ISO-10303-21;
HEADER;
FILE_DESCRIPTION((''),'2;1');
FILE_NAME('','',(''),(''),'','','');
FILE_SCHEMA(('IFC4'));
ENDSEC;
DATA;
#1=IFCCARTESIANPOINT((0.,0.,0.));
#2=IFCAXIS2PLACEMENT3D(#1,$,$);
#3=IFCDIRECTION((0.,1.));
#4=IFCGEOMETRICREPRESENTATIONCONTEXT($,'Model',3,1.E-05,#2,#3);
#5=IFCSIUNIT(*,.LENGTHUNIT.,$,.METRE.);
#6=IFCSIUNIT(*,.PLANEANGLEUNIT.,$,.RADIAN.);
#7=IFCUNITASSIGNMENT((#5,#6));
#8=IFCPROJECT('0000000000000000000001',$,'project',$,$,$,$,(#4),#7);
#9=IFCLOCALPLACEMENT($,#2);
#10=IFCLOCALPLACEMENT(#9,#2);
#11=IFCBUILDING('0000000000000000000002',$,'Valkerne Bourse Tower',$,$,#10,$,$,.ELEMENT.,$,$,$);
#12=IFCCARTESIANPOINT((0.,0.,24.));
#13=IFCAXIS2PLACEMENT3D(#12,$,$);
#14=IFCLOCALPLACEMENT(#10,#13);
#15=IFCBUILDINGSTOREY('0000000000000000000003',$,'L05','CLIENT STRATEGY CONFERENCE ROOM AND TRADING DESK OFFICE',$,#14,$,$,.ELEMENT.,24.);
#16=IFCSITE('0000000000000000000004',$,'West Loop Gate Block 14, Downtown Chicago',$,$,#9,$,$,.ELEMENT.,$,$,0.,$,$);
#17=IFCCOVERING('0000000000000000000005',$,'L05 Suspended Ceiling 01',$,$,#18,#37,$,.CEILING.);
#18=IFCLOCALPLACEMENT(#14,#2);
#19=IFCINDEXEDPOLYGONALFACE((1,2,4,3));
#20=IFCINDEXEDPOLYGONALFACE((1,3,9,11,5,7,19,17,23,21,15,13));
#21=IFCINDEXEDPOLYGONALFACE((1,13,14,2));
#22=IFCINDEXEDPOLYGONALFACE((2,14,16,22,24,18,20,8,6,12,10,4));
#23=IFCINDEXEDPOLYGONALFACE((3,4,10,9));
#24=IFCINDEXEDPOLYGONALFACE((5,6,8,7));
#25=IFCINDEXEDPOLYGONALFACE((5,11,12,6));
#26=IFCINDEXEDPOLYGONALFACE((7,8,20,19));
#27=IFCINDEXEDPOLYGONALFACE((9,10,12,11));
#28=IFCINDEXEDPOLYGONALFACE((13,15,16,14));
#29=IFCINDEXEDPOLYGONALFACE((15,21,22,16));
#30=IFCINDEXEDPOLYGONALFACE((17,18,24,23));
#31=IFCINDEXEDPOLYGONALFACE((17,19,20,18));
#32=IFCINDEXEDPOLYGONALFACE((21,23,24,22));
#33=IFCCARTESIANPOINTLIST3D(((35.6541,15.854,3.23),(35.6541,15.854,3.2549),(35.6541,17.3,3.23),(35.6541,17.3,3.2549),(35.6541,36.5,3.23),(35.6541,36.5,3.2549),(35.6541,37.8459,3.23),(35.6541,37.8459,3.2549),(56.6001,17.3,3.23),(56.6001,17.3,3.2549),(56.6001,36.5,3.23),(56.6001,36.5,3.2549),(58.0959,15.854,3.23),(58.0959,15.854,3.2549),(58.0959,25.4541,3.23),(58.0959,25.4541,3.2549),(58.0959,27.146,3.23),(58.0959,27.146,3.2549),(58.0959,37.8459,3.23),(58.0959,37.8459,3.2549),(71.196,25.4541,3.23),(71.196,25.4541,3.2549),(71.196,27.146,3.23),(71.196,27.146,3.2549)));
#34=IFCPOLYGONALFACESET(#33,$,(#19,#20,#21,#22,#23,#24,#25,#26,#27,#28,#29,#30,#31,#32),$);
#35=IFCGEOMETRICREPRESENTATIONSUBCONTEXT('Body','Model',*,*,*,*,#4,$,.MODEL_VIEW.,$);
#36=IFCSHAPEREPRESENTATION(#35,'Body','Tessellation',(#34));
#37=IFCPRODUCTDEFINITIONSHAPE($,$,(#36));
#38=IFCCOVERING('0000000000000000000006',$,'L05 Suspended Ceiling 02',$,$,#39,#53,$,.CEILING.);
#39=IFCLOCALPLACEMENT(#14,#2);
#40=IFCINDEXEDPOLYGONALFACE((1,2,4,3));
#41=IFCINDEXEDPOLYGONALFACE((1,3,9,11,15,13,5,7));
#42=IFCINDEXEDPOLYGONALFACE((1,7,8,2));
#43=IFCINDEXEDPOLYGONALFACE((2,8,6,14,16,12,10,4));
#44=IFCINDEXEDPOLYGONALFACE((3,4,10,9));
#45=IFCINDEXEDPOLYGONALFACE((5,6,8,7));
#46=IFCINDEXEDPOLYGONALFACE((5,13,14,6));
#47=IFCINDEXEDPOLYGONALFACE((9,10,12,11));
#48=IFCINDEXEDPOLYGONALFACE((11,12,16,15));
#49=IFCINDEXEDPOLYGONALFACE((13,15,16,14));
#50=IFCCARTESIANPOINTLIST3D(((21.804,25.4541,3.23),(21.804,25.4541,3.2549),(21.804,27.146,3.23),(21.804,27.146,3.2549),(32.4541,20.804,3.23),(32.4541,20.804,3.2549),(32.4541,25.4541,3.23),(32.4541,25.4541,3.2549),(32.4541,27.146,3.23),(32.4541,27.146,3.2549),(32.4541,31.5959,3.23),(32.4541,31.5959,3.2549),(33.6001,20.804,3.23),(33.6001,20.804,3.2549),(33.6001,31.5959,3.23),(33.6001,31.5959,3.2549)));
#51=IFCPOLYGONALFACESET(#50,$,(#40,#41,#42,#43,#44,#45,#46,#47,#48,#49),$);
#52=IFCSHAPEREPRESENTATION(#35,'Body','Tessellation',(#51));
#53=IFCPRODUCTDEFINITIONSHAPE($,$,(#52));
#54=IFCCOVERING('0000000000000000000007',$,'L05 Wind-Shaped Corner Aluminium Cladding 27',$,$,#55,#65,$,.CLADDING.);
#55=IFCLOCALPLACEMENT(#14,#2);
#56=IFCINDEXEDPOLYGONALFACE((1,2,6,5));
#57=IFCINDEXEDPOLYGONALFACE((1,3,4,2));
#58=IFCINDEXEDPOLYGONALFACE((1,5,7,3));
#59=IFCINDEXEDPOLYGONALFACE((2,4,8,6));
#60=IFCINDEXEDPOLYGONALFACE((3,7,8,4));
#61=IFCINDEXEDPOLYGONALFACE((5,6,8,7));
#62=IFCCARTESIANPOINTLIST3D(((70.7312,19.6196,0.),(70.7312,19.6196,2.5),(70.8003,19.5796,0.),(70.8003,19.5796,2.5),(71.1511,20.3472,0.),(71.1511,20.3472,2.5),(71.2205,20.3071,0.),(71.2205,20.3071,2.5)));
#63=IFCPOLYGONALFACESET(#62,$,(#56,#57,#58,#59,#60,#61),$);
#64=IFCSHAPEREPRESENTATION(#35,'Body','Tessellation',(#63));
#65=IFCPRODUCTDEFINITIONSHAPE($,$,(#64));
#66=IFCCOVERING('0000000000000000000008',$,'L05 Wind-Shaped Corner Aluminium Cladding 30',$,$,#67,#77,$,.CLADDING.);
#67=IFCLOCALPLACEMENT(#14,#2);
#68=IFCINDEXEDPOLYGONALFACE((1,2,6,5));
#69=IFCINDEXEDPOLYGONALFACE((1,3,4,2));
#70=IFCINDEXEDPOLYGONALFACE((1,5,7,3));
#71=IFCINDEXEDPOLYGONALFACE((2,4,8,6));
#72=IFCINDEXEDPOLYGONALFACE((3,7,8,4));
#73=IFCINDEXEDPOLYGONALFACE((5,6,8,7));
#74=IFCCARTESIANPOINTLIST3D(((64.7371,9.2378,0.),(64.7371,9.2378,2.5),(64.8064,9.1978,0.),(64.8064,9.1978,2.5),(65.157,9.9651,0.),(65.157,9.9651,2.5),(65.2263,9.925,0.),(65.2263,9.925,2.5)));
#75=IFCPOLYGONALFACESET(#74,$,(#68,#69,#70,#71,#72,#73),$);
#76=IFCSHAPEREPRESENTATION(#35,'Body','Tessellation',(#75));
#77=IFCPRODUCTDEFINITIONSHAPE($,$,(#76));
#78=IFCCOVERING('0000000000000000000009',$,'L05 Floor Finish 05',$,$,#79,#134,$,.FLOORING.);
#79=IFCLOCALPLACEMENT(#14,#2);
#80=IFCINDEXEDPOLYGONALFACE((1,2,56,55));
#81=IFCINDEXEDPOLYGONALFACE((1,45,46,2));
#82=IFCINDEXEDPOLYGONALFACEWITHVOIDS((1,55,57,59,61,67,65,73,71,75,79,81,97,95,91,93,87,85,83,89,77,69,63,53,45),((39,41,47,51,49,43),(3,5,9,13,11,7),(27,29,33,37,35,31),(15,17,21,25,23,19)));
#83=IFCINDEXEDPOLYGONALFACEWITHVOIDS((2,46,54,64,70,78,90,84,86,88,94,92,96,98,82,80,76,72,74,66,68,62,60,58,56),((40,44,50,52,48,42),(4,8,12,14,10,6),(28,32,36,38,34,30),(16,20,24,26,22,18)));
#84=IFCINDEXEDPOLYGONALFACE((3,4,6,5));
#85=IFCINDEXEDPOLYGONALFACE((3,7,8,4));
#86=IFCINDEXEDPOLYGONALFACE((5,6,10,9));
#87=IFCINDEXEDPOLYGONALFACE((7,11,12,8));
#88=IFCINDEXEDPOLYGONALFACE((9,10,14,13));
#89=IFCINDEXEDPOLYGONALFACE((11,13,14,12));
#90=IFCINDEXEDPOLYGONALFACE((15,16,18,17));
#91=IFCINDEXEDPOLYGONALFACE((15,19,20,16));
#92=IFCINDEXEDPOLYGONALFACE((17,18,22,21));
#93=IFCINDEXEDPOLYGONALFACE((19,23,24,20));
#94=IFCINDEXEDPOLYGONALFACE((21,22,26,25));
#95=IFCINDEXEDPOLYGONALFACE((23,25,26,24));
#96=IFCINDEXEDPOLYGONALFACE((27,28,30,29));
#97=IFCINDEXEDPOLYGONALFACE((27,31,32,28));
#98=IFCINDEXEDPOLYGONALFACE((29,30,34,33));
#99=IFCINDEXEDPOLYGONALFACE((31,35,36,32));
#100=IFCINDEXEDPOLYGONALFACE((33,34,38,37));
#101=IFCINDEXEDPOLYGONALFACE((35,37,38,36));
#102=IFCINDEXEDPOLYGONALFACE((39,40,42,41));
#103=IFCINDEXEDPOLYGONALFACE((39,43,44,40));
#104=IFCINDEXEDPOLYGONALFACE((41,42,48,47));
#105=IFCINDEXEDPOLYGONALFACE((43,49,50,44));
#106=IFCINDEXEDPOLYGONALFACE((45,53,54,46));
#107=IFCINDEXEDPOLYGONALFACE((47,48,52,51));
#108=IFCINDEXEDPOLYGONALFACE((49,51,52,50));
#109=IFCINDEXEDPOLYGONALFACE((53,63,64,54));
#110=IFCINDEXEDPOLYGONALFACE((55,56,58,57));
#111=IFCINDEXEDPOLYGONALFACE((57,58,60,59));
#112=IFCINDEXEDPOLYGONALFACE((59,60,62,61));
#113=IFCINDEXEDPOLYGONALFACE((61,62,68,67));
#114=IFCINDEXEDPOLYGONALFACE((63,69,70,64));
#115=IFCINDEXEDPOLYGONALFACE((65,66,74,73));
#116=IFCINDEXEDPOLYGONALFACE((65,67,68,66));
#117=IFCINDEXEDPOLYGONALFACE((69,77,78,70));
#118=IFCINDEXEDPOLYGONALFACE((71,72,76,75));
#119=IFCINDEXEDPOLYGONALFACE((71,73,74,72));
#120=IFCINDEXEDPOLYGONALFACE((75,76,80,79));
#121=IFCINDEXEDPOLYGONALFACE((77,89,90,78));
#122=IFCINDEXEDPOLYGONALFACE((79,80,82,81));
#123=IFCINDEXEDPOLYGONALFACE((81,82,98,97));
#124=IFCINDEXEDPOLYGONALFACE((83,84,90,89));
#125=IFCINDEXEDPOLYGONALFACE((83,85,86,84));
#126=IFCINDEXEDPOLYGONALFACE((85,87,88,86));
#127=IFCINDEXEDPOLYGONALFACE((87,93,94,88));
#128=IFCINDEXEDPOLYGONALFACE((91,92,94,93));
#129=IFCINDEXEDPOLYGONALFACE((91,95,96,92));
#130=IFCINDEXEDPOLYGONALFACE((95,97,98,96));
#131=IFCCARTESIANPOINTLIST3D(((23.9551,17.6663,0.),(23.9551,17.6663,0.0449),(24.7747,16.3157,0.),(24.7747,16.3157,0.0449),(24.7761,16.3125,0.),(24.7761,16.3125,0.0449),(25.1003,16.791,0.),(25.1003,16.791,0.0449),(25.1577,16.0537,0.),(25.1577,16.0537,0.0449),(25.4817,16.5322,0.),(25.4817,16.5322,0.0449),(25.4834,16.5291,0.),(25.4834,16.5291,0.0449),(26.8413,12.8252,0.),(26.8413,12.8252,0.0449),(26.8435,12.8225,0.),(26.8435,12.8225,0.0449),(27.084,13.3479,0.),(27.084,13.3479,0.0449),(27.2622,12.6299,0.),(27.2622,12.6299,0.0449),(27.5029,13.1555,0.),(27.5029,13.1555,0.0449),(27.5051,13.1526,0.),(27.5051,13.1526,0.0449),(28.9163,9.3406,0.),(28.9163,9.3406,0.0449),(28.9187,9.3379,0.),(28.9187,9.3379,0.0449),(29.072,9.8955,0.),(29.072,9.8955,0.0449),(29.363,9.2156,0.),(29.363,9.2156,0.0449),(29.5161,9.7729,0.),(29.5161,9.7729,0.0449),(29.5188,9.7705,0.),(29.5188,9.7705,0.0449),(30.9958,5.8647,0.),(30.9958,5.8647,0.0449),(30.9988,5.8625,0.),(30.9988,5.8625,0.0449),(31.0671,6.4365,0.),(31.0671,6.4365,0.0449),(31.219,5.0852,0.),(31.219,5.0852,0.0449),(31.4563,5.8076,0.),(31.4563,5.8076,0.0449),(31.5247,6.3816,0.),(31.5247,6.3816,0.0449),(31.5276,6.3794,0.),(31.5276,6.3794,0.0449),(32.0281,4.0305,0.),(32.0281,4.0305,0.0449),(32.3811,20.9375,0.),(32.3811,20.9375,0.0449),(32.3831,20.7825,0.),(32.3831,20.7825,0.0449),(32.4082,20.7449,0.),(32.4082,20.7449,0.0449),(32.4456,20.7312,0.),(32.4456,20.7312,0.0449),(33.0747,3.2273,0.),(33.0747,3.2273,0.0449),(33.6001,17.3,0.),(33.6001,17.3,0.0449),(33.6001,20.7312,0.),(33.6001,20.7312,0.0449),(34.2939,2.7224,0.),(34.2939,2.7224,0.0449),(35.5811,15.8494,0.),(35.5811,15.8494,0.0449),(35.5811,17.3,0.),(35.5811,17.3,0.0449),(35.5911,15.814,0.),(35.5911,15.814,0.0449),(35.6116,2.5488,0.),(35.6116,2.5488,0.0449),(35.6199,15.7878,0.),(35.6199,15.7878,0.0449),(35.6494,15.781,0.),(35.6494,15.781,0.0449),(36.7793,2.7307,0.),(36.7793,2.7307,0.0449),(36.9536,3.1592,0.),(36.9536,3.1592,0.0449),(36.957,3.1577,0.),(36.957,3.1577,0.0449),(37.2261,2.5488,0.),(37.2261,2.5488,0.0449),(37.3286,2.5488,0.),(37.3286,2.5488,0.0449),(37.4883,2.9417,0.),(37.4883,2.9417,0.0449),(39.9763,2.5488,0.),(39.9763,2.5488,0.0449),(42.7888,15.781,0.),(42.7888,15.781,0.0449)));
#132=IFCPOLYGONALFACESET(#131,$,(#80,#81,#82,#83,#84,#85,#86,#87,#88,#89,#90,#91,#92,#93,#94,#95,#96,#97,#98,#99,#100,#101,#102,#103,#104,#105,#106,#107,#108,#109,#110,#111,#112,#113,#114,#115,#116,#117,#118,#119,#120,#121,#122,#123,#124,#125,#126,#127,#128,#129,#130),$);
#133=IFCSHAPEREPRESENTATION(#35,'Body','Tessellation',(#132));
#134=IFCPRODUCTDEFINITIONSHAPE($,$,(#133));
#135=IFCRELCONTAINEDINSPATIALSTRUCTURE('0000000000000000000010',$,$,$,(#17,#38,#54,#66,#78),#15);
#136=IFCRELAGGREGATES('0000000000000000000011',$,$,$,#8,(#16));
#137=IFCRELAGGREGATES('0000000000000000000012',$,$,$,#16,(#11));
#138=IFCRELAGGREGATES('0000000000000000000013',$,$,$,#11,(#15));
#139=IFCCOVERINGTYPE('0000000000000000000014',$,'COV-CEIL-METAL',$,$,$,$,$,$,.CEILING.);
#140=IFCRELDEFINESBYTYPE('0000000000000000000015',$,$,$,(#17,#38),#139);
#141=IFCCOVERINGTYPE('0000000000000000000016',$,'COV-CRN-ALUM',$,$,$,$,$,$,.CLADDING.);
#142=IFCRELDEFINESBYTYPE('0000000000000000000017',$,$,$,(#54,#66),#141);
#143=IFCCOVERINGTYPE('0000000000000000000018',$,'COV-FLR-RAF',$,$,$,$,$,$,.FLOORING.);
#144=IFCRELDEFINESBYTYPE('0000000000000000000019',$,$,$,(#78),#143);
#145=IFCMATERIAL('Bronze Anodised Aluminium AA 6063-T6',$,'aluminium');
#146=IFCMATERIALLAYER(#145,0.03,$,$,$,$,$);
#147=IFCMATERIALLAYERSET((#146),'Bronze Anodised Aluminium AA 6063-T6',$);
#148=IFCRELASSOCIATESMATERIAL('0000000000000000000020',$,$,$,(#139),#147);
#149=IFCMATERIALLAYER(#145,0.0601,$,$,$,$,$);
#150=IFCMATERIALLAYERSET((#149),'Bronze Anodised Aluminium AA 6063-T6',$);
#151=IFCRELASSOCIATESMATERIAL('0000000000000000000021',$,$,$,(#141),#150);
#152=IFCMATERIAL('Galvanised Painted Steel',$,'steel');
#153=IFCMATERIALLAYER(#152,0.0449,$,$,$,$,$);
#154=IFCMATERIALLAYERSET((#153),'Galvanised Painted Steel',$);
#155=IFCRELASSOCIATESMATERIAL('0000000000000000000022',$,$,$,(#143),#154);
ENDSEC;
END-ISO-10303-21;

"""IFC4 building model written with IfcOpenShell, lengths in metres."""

from ifc_helpers import new_model, si_unit, direction, frame, origin, place, context, subcontext, project, spatial, polyline, outline, extrude, material, layer, layer_set, type_object, element, save


model = new_model("IFC4")

# Units and contexts
model_context = context("Model", 3, precision=1e-05, world=origin(), true_north=direction((0.0, 1.0)))
body_context = subcontext(model_context, "Body", "Model", "MODEL_VIEW")
ifc_project = project(units=[si_unit("LENGTHUNIT", "METRE"), si_unit("PLANEANGLEUNIT", "RADIAN")], contexts=[model_context])

# Site, building, storey
site_placement = place(None, origin())
site = spatial("IfcSite", under=ifc_project, at=site_placement, Name="West Loop Gate Block 14, Downtown Chicago", CompositionType="ELEMENT", RefElevation=0.0)
building_placement = place(site_placement, origin())
building = spatial("IfcBuilding", under=site, at=building_placement, Name="Valkerne Bourse Tower", CompositionType="ELEMENT")
storey_placement = place(building_placement, frame((0.0, 0.0, 24.0)))
storey = spatial("IfcBuildingStorey", under=building, at=storey_placement, Name="L05", Description="CLIENT STRATEGY CONFERENCE ROOM AND TRADING DESK OFFICE", CompositionType="ELEMENT", Elevation=24.0)

# Shared definitions
ifc_material_1 = material(Name="Galvanised Painted Steel", Category="steel")

# Coverings
ifc_material_2 = material(Name="Bronze Anodised Aluminium AA 6063-T6", Category="aluminium")
ifc_layer_1 = layer(ifc_material_2, 0.03)
ifc_layer_set_1 = layer_set([ifc_layer_1], Name="Bronze Anodised Aluminium AA 6063-T6")
covering_type_1 = type_object("IfcCoveringType", Name="COV-CEIL-METAL", PredefinedType="CEILING", material=ifc_layer_set_1)
covering_1_placement = place(storey_placement, frame((0.0, 0.0, 3.23)))
element("IfcCovering", 1, at=covering_1_placement, inside=storey, type_object=covering_type_1, Name="L05 Suspended Ceiling 01", PredefinedType="CEILING", context=body_context, shape_type="SweptSolid", body=[
    extrude(outline(polyline([(71.196, 27.146), (71.196, 25.4541), (58.0959, 25.4541), (58.0959, 15.854), (35.6541, 15.854), (35.6541, 17.3), (56.6001, 17.3), (56.6001, 36.5), (35.6541, 36.5), (35.6541, 37.8459), (58.0959, 37.8459), (58.0959, 27.146), (71.196, 27.146)])), origin(), (0.0, 0.0, 1.0), 0.0249),
])
covering_2_placement = place(storey_placement, frame((0.0, 0.0, 3.23)))
element("IfcCovering", 2, at=covering_2_placement, inside=storey, type_object=covering_type_1, Name="L05 Suspended Ceiling 02", PredefinedType="CEILING", context=body_context, shape_type="SweptSolid", body=[
    extrude(outline(polyline([(32.4541, 20.804), (32.4541, 25.4541), (21.804, 25.4541), (21.804, 27.146), (32.4541, 27.146), (32.4541, 31.5959), (33.6001, 31.5959), (33.6001, 20.804), (32.4541, 20.804)])), origin(), (0.0, 0.0, 1.0), 0.0249),
])
ifc_layer_2 = layer(ifc_material_2, 0.0601)
ifc_layer_set_2 = layer_set([ifc_layer_2], Name="Bronze Anodised Aluminium AA 6063-T6")
covering_type_2 = type_object("IfcCoveringType", Name="COV-CRN-ALUM", PredefinedType="CLADDING", material=ifc_layer_set_2)
covering_3_placement = place(storey_placement, origin())
element("IfcCovering", 3, at=covering_3_placement, inside=storey, type_object=covering_type_2, Name="L05 Wind-Shaped Corner Aluminium Cladding 27", PredefinedType="CLADDING", context=body_context, shape_type="SweptSolid", body=[
    extrude(outline(polyline([(70.8003, 19.5796), (70.7312, 19.6196), (71.1511, 20.3472), (71.2205, 20.3071), (70.8003, 19.5796)])), origin(), (0.0, 0.0, 1.0), 2.5),
])
covering_4_placement = place(storey_placement, origin())
element("IfcCovering", 4, at=covering_4_placement, inside=storey, type_object=covering_type_2, Name="L05 Wind-Shaped Corner Aluminium Cladding 30", PredefinedType="CLADDING", context=body_context, shape_type="SweptSolid", body=[
    extrude(outline(polyline([(64.8064, 9.1978), (64.7371, 9.2378), (65.157, 9.9651), (65.2263, 9.925), (64.8064, 9.1978)])), origin(), (0.0, 0.0, 1.0), 2.5),
])
ifc_layer_3 = layer(ifc_material_1, 0.0449)
ifc_layer_set_3 = layer_set([ifc_layer_3], Name="Galvanised Painted Steel")
covering_type_3 = type_object("IfcCoveringType", Name="COV-FLR-RAF", PredefinedType="FLOORING", material=ifc_layer_set_3)
covering_5_placement = place(storey_placement, origin())
element("IfcCovering", 5, at=covering_5_placement, inside=storey, type_object=covering_type_3, Name="L05 Floor Finish 05", PredefinedType="FLOORING", context=body_context, shape_type="SweptSolid", body=[
    extrude(outline(polyline([(33.0747, 3.2273), (32.0281, 4.0305), (31.219, 5.0852), (23.9551, 17.6663), (32.3811, 20.9375), (32.3831, 20.7825), (32.4082, 20.7449), (32.4456, 20.7312), (33.6001, 20.7312), (33.6001, 17.3), (35.5811, 17.3), (35.5811, 15.8494), (35.5911, 15.814), (35.6199, 15.7878), (35.6494, 15.781), (42.7888, 15.781), (39.9763, 2.5488), (37.3286, 2.5488), (37.4883, 2.9417), (36.957, 3.1577), (36.9536, 3.1592), (36.7793, 2.7307), (37.2261, 2.5488), (35.6116, 2.5488), (34.2939, 2.7224), (33.0747, 3.2273)]), holes=[polyline([(31.5247, 6.3816), (31.0671, 6.4365), (30.9958, 5.8647), (30.9988, 5.8625), (31.4563, 5.8076), (31.5276, 6.3794), (31.5247, 6.3816)]), polyline([(29.5161, 9.7729), (29.072, 9.8955), (28.9163, 9.3406), (28.9187, 9.3379), (29.363, 9.2156), (29.5188, 9.7705), (29.5161, 9.7729)]), polyline([(27.5051, 13.1526), (27.5029, 13.1555), (27.084, 13.3479), (26.8413, 12.8252), (26.8435, 12.8225), (27.2622, 12.6299), (27.5051, 13.1526)]), polyline([(25.4834, 16.5291), (25.4817, 16.5322), (25.1003, 16.791), (24.7747, 16.3157), (24.7761, 16.3125), (25.1577, 16.0537), (25.4834, 16.5291)])]), origin(), (0.0, 0.0, 1.0), 0.0449),
])

save(model, "model.ifc")
